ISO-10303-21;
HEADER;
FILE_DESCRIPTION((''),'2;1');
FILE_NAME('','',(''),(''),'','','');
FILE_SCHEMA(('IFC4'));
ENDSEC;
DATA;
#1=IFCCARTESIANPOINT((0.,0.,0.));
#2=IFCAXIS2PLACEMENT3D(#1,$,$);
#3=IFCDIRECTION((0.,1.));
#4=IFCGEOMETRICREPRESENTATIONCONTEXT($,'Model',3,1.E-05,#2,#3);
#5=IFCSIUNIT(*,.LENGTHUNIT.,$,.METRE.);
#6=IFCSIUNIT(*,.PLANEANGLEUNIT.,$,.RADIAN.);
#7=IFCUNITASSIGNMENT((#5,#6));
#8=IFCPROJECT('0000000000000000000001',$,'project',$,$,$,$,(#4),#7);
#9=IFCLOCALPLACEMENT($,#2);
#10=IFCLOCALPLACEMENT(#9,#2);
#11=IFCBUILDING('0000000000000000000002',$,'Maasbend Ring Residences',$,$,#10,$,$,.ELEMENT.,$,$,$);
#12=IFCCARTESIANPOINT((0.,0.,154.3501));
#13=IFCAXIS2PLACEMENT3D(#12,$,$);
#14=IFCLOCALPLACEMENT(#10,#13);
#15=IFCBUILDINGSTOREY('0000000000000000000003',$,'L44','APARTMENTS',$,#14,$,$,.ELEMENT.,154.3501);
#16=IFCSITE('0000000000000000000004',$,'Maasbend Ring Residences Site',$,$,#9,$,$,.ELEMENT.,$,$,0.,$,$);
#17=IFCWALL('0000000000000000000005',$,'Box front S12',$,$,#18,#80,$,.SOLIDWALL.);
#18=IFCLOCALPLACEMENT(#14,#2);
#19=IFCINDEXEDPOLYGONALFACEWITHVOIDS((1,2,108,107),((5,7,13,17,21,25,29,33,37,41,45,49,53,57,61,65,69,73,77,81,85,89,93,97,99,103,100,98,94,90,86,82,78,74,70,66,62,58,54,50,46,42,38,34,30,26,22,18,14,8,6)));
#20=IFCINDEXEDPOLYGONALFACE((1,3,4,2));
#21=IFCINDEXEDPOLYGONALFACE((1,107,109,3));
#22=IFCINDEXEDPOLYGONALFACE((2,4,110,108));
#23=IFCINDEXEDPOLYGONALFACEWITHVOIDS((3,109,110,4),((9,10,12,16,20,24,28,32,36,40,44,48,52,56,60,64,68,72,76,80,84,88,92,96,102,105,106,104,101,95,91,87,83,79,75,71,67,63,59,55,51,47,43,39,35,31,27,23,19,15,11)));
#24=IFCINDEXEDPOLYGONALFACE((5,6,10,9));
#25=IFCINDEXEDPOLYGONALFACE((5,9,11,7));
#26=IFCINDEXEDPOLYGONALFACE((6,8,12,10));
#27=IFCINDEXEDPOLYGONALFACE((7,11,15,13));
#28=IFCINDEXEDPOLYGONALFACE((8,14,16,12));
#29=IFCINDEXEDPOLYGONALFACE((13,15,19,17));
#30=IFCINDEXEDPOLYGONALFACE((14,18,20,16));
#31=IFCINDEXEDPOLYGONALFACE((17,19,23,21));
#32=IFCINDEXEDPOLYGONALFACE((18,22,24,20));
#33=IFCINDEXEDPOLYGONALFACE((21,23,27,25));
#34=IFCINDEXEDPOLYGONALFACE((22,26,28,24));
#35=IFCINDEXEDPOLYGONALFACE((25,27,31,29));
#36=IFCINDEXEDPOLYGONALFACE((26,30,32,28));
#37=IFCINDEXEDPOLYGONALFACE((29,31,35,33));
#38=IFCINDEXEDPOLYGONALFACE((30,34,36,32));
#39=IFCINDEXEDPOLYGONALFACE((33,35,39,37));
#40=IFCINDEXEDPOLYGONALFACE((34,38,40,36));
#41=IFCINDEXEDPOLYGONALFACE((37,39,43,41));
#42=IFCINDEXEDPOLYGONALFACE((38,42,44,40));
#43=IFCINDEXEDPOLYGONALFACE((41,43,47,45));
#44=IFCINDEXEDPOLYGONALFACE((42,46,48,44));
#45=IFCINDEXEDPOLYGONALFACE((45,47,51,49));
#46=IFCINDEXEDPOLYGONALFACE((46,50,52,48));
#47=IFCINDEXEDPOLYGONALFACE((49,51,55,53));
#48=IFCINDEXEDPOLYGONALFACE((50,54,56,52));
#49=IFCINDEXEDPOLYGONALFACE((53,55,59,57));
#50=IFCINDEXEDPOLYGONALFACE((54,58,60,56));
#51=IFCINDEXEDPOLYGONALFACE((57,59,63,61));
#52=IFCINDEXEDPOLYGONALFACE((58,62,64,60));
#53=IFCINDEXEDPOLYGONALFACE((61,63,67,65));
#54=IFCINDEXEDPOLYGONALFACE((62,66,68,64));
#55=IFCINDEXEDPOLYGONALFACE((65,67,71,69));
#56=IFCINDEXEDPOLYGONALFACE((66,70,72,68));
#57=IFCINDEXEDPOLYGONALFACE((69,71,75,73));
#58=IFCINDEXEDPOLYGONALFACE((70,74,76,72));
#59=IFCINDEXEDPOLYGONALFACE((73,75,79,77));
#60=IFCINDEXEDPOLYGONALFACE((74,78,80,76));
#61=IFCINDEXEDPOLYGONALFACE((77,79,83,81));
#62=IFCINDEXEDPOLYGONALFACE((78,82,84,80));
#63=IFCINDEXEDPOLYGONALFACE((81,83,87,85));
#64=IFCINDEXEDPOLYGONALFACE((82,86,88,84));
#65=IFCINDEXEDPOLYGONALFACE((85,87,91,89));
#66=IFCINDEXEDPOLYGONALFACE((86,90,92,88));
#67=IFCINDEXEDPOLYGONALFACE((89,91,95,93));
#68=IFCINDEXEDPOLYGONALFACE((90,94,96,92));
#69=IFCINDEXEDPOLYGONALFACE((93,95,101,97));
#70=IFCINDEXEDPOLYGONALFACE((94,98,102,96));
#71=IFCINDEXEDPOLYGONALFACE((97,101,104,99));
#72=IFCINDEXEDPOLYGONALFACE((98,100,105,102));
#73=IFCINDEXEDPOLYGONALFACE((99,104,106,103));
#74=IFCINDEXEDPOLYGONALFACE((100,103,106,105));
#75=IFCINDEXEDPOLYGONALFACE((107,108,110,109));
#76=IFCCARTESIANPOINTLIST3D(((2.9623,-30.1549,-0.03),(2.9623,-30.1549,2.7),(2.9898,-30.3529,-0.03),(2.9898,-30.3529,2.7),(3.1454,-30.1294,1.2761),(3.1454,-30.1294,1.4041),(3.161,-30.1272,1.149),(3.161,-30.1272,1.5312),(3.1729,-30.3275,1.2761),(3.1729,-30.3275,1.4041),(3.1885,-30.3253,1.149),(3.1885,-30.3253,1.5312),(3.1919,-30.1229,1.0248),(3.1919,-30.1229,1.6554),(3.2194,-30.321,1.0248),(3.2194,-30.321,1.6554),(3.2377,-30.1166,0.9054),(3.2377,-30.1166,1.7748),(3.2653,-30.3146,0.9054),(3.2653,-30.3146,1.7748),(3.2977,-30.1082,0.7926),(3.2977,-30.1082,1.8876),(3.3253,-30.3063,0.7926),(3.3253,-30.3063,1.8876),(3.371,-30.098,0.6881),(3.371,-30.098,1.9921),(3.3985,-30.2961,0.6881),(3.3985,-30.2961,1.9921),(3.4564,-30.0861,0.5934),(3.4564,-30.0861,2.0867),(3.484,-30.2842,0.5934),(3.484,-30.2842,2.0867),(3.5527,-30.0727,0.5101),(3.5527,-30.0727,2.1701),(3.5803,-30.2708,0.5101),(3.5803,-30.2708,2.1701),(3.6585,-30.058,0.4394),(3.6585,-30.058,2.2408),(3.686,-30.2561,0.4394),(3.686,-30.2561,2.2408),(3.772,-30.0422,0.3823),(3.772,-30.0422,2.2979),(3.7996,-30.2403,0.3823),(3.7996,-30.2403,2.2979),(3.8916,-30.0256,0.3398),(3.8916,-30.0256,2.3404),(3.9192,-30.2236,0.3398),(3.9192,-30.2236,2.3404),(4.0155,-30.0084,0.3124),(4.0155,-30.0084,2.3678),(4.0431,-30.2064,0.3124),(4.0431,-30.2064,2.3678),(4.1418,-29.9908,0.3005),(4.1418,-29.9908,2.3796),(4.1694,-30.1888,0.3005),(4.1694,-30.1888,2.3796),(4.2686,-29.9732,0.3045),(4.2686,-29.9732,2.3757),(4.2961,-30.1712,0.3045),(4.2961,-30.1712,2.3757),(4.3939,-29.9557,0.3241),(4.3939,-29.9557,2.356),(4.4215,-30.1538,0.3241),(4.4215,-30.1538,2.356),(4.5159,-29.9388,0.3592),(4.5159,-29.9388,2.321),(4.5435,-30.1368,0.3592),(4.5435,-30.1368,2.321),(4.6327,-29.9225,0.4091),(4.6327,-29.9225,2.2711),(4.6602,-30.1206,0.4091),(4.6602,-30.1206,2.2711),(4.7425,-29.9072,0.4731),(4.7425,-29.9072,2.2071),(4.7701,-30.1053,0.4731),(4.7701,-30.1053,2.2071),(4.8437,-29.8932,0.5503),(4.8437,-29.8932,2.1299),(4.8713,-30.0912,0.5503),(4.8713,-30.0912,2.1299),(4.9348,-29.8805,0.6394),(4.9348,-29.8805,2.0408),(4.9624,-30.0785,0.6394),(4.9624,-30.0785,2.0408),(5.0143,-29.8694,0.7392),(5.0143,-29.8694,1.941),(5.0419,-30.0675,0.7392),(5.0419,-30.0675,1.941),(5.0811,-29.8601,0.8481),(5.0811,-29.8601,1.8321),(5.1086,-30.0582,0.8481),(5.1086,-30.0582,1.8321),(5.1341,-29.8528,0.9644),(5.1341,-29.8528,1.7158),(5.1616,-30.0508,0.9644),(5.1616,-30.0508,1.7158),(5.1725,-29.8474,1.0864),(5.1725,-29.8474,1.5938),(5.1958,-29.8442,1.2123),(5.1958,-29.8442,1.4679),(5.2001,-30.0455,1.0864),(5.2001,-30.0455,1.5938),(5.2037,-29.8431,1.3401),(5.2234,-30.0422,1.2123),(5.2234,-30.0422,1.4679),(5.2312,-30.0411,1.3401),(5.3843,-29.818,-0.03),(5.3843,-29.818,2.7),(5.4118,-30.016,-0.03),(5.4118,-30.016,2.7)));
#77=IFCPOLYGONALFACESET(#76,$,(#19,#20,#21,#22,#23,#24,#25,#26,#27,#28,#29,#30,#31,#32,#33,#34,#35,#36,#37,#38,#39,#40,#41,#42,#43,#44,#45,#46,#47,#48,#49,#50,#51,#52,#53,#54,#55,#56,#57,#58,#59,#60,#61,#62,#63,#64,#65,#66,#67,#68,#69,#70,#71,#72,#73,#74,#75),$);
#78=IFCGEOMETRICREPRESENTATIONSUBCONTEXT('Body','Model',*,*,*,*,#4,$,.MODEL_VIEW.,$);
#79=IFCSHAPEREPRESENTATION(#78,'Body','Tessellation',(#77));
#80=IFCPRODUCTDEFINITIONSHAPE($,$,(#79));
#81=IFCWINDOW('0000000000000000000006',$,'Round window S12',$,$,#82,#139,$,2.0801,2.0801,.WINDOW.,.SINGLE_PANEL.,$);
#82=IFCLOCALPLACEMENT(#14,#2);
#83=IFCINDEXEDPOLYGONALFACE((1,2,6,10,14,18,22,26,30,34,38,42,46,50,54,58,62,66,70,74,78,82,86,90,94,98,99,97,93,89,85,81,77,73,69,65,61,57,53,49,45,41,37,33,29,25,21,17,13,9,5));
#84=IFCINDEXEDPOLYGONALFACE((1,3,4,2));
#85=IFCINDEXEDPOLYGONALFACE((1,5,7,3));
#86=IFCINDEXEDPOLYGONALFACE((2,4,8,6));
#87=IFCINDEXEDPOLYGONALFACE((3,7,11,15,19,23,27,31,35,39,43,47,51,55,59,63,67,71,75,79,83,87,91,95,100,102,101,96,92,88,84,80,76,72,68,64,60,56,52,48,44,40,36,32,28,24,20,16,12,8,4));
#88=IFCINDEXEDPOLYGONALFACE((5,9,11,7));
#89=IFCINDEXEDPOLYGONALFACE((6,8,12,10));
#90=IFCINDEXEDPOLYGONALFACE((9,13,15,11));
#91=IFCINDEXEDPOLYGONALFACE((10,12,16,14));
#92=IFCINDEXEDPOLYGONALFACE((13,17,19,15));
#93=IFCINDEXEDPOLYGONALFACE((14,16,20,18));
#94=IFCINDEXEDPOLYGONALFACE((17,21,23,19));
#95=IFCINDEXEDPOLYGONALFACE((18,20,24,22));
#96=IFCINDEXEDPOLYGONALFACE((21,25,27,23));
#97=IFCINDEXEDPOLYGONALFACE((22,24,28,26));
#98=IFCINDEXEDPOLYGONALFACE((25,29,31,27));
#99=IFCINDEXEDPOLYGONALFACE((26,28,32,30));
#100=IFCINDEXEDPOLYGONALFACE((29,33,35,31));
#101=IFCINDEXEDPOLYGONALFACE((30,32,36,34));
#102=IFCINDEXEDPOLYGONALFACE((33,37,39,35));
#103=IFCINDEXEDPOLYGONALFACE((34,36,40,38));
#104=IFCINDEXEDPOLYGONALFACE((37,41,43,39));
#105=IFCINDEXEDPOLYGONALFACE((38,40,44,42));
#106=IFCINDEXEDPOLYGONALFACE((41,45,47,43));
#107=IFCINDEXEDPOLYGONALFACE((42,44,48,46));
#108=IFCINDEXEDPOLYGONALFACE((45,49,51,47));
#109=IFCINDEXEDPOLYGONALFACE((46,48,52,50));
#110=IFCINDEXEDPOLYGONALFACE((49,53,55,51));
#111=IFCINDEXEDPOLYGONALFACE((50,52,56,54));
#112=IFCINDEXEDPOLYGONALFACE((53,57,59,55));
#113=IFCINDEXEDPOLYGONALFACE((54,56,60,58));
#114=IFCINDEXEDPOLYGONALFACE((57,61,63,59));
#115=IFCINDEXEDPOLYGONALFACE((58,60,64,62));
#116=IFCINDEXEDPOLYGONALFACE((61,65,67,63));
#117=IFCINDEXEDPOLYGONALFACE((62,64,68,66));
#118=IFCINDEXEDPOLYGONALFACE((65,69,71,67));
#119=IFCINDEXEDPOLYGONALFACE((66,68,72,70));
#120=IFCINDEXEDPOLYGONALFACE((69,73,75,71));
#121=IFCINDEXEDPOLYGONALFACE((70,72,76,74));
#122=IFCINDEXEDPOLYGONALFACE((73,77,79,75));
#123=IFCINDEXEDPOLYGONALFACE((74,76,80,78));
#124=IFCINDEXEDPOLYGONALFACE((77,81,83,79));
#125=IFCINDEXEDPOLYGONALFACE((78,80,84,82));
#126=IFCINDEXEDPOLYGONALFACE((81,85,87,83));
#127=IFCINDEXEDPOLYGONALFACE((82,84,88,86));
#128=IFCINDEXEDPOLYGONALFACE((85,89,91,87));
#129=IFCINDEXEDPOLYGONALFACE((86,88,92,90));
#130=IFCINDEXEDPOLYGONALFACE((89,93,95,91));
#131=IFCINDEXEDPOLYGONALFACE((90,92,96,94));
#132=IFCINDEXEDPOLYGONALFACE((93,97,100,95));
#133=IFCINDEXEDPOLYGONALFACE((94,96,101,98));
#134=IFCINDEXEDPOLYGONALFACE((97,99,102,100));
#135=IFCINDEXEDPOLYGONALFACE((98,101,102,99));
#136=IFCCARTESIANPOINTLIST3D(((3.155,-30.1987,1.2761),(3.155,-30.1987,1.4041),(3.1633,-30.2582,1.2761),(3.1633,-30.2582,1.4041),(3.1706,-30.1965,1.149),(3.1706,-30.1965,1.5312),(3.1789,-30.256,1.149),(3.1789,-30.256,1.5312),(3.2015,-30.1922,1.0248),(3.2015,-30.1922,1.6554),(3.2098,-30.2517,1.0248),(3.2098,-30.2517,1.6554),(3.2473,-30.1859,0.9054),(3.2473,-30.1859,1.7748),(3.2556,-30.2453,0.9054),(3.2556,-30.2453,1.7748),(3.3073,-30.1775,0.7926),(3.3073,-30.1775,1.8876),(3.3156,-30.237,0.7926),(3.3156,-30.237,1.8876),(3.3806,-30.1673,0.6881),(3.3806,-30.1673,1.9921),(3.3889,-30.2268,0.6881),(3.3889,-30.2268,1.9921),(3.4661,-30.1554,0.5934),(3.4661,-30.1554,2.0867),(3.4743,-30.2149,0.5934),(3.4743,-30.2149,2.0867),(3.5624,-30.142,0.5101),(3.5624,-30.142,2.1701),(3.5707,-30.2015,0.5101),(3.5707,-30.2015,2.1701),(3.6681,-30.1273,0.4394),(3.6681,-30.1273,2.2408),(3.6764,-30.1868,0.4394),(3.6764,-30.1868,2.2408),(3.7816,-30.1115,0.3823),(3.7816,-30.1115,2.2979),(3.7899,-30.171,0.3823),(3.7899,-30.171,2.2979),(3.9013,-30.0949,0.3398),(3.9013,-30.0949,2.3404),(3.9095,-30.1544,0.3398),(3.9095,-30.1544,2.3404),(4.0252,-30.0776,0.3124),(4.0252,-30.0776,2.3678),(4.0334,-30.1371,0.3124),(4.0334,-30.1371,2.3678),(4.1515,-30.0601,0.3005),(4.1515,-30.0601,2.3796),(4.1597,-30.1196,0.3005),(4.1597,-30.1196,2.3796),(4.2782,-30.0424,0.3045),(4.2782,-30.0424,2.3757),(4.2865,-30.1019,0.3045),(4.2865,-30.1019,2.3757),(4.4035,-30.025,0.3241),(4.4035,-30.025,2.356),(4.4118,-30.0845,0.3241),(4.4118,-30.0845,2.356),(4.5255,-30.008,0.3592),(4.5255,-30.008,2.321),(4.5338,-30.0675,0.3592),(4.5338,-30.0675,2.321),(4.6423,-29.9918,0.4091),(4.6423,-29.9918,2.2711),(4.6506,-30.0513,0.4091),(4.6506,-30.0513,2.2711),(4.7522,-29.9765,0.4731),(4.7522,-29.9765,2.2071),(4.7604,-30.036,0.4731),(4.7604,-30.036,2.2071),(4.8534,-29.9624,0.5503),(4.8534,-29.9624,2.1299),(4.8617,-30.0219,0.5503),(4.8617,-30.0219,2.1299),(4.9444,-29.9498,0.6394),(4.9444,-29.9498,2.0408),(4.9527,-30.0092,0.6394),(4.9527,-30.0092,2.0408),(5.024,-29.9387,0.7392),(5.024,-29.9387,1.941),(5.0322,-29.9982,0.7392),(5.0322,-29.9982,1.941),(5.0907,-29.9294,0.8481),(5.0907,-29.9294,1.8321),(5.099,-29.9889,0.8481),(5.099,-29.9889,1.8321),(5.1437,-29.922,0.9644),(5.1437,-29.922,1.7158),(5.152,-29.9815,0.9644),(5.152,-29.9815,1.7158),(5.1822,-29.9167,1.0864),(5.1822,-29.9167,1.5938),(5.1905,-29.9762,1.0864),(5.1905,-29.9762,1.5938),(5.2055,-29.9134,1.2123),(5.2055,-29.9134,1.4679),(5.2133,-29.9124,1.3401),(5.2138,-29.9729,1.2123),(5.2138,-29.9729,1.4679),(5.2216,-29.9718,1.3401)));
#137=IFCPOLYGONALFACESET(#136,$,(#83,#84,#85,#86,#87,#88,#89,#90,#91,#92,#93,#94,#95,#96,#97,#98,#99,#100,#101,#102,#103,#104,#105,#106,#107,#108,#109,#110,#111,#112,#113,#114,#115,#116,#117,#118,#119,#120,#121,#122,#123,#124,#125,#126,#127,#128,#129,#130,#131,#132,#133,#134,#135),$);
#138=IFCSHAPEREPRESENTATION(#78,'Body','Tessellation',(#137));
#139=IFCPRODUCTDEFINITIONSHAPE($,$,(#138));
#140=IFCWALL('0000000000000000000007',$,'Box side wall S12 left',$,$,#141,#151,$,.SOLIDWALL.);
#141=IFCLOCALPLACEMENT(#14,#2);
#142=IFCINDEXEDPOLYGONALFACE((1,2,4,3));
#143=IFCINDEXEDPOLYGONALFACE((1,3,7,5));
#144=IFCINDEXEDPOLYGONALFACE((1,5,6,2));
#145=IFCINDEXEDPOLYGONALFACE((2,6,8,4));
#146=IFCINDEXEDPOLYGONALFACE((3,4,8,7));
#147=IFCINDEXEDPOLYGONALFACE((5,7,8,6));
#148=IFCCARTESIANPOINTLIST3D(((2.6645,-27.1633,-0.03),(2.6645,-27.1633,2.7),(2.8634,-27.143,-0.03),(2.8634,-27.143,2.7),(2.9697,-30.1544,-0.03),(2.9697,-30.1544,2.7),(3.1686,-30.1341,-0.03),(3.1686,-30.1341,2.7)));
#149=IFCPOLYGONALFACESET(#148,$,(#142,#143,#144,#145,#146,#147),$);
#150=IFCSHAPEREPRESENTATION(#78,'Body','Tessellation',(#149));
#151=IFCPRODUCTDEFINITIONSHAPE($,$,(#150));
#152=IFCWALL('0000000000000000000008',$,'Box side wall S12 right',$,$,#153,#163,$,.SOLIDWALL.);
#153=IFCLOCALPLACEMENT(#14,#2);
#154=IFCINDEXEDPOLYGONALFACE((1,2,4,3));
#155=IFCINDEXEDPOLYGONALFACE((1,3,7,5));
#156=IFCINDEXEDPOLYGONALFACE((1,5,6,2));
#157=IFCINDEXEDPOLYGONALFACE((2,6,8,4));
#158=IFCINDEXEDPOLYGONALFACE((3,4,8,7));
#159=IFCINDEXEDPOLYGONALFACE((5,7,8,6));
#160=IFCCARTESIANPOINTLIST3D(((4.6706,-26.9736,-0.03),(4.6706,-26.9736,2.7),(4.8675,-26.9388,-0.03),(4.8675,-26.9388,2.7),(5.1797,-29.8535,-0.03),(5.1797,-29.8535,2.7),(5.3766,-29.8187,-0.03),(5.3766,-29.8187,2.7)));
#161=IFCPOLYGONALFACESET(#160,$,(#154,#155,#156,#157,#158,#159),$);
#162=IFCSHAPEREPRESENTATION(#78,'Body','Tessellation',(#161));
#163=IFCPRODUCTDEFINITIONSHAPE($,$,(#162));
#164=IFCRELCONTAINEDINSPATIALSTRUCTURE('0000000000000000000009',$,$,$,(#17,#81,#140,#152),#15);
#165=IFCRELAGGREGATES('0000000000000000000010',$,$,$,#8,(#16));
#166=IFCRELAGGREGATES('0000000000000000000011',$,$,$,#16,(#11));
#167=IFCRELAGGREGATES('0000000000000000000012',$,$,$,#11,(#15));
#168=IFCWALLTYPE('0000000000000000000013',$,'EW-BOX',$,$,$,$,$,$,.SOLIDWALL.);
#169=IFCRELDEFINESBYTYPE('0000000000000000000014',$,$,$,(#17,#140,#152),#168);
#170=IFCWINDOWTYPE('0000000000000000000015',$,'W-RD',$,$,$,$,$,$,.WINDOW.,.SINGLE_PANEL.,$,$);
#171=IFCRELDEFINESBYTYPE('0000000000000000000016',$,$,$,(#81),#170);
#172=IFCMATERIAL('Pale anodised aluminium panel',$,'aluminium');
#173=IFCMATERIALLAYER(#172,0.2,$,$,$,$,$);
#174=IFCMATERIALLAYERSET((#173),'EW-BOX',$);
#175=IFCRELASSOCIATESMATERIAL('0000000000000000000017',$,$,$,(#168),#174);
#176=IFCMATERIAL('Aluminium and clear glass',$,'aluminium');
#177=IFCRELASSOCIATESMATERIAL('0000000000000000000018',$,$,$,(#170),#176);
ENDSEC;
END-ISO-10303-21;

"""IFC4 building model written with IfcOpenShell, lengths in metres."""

from ifc_helpers import new_model, si_unit, direction, frame, frame_2d, origin, place, context, subcontext, project, spatial, rectangle, circle, extrude, material, layer, layer_set, type_object, element, fill, save


model = new_model("IFC4")

# Units and contexts
model_context = context("Model", 3, precision=1e-05, world=origin(), true_north=direction((0.0, 1.0)))
body_context = subcontext(model_context, "Body", "Model", "MODEL_VIEW")
ifc_project = project(units=[si_unit("LENGTHUNIT", "METRE"), si_unit("PLANEANGLEUNIT", "RADIAN")], contexts=[model_context])

# Site, building, storey
site_placement = place(None, origin())
site = spatial("IfcSite", under=ifc_project, at=site_placement, Name="Maasbend Ring Residences Site", CompositionType="ELEMENT", RefElevation=0.0)
building_placement = place(site_placement, origin())
building = spatial("IfcBuilding", under=site, at=building_placement, Name="Maasbend Ring Residences", CompositionType="ELEMENT")
storey_placement = place(building_placement, frame((0.0, 0.0, 154.3501)))
storey = spatial("IfcBuildingStorey", under=building, at=storey_placement, Name="L44", Description="APARTMENTS", CompositionType="ELEMENT", Elevation=154.3501)

# Wall, opening, window
ifc_material_1 = material(Name="Pale anodised aluminium panel", Category="aluminium")
ifc_layer_1 = layer(ifc_material_1, 0.2)
ifc_layer_set_1 = layer_set([ifc_layer_1], Name="EW-BOX")
wall_type_1 = type_object("IfcWallType", Name="EW-BOX", PredefinedType="SOLIDWALL", material=ifc_layer_set_1)
wall_1_placement = place(storey_placement, frame((2.9761, -30.2539, -0.03), z_axis=(0.0, 0.0, 1.0), x_axis=(0.990462, 0.137786, 0.0)))
wall_1 = element("IfcWall", 1, at=wall_1_placement, inside=storey, type_object=wall_type_1, Name="Box front S12", PredefinedType="SOLIDWALL", context=body_context, shape_type="SweptSolid", body=[
    extrude(rectangle(XDim=2.4453, YDim=0.2, at=frame_2d((1.2227, 0.0))), origin(), (0.0, 0.0, 1.0), 2.73),
])
opening_1_placement = place(wall_1_placement, frame((0.1829, 0.0, 0.3301)))
opening_1 = element("IfcOpeningElement", 2, at=opening_1_placement, cuts=wall_1, PredefinedType="OPENING", context=body_context, shape_type="SweptSolid", body=[
    extrude(circle(Radius=1.04, at=frame_2d((1.04, 1.04))), frame((0.0, 0.1099, 0.0), z_axis=(0.0, -1.0, 0.0), x_axis=(1.0, 0.0, 0.0)), (0.0, 0.0, 1.0), 0.22),
])
ifc_material_2 = material(Name="Aluminium and clear glass", Category="aluminium")
window_type_1 = type_object("IfcWindowType", Name="W-RD", PartitioningType="SINGLE_PANEL", PredefinedType="WINDOW", material=ifc_material_2)
window_1_placement = place(opening_1_placement, origin())
window_1 = element("IfcWindow", 3, at=window_1_placement, inside=storey, type_object=window_type_1, Name="Round window S12", OverallHeight=2.0801, OverallWidth=2.0801, PartitioningType="SINGLE_PANEL", PredefinedType="WINDOW", context=body_context, shape_type="SweptSolid", body=[
    extrude(circle(Radius=1.04, at=frame_2d((1.04, 1.04))), frame((0.0, 0.03, 0.0), z_axis=(0.0, -1.0, 0.0), x_axis=(1.0, 0.0, 0.0)), (0.0, 0.0, 1.0), 0.0601),
])
fill(opening_1, window_1)

# Walls
wall_2_placement = place(storey_placement, frame((2.7639, -27.1531, -0.03), z_axis=(0.0, 0.0, 1.0), x_axis=(0.101505, -0.994835, 0.0)))
element("IfcWall", 4, at=wall_2_placement, inside=storey, type_object=wall_type_1, Name="Box side wall S12 left", PredefinedType="SOLIDWALL", context=body_context, shape_type="SweptSolid", body=[
    extrude(rectangle(XDim=3.0066, YDim=0.2, at=frame_2d((1.5034, 0.0))), origin(), (0.0, 0.0, 1.0), 2.73),
])
wall_3_placement = place(storey_placement, frame((4.769, -26.9561, -0.03), z_axis=(0.0, 0.0, 1.0), x_axis=(0.174057, -0.984736, 0.0)))
element("IfcWall", 5, at=wall_3_placement, inside=storey, type_object=wall_type_1, Name="Box side wall S12 right", PredefinedType="SOLIDWALL", context=body_context, shape_type="SweptSolid", body=[
    extrude(rectangle(XDim=2.9246, YDim=0.2, at=frame_2d((1.4624, 0.0))), origin(), (0.0, 0.0, 1.0), 2.73),
])

save(model, "model.ifc")
